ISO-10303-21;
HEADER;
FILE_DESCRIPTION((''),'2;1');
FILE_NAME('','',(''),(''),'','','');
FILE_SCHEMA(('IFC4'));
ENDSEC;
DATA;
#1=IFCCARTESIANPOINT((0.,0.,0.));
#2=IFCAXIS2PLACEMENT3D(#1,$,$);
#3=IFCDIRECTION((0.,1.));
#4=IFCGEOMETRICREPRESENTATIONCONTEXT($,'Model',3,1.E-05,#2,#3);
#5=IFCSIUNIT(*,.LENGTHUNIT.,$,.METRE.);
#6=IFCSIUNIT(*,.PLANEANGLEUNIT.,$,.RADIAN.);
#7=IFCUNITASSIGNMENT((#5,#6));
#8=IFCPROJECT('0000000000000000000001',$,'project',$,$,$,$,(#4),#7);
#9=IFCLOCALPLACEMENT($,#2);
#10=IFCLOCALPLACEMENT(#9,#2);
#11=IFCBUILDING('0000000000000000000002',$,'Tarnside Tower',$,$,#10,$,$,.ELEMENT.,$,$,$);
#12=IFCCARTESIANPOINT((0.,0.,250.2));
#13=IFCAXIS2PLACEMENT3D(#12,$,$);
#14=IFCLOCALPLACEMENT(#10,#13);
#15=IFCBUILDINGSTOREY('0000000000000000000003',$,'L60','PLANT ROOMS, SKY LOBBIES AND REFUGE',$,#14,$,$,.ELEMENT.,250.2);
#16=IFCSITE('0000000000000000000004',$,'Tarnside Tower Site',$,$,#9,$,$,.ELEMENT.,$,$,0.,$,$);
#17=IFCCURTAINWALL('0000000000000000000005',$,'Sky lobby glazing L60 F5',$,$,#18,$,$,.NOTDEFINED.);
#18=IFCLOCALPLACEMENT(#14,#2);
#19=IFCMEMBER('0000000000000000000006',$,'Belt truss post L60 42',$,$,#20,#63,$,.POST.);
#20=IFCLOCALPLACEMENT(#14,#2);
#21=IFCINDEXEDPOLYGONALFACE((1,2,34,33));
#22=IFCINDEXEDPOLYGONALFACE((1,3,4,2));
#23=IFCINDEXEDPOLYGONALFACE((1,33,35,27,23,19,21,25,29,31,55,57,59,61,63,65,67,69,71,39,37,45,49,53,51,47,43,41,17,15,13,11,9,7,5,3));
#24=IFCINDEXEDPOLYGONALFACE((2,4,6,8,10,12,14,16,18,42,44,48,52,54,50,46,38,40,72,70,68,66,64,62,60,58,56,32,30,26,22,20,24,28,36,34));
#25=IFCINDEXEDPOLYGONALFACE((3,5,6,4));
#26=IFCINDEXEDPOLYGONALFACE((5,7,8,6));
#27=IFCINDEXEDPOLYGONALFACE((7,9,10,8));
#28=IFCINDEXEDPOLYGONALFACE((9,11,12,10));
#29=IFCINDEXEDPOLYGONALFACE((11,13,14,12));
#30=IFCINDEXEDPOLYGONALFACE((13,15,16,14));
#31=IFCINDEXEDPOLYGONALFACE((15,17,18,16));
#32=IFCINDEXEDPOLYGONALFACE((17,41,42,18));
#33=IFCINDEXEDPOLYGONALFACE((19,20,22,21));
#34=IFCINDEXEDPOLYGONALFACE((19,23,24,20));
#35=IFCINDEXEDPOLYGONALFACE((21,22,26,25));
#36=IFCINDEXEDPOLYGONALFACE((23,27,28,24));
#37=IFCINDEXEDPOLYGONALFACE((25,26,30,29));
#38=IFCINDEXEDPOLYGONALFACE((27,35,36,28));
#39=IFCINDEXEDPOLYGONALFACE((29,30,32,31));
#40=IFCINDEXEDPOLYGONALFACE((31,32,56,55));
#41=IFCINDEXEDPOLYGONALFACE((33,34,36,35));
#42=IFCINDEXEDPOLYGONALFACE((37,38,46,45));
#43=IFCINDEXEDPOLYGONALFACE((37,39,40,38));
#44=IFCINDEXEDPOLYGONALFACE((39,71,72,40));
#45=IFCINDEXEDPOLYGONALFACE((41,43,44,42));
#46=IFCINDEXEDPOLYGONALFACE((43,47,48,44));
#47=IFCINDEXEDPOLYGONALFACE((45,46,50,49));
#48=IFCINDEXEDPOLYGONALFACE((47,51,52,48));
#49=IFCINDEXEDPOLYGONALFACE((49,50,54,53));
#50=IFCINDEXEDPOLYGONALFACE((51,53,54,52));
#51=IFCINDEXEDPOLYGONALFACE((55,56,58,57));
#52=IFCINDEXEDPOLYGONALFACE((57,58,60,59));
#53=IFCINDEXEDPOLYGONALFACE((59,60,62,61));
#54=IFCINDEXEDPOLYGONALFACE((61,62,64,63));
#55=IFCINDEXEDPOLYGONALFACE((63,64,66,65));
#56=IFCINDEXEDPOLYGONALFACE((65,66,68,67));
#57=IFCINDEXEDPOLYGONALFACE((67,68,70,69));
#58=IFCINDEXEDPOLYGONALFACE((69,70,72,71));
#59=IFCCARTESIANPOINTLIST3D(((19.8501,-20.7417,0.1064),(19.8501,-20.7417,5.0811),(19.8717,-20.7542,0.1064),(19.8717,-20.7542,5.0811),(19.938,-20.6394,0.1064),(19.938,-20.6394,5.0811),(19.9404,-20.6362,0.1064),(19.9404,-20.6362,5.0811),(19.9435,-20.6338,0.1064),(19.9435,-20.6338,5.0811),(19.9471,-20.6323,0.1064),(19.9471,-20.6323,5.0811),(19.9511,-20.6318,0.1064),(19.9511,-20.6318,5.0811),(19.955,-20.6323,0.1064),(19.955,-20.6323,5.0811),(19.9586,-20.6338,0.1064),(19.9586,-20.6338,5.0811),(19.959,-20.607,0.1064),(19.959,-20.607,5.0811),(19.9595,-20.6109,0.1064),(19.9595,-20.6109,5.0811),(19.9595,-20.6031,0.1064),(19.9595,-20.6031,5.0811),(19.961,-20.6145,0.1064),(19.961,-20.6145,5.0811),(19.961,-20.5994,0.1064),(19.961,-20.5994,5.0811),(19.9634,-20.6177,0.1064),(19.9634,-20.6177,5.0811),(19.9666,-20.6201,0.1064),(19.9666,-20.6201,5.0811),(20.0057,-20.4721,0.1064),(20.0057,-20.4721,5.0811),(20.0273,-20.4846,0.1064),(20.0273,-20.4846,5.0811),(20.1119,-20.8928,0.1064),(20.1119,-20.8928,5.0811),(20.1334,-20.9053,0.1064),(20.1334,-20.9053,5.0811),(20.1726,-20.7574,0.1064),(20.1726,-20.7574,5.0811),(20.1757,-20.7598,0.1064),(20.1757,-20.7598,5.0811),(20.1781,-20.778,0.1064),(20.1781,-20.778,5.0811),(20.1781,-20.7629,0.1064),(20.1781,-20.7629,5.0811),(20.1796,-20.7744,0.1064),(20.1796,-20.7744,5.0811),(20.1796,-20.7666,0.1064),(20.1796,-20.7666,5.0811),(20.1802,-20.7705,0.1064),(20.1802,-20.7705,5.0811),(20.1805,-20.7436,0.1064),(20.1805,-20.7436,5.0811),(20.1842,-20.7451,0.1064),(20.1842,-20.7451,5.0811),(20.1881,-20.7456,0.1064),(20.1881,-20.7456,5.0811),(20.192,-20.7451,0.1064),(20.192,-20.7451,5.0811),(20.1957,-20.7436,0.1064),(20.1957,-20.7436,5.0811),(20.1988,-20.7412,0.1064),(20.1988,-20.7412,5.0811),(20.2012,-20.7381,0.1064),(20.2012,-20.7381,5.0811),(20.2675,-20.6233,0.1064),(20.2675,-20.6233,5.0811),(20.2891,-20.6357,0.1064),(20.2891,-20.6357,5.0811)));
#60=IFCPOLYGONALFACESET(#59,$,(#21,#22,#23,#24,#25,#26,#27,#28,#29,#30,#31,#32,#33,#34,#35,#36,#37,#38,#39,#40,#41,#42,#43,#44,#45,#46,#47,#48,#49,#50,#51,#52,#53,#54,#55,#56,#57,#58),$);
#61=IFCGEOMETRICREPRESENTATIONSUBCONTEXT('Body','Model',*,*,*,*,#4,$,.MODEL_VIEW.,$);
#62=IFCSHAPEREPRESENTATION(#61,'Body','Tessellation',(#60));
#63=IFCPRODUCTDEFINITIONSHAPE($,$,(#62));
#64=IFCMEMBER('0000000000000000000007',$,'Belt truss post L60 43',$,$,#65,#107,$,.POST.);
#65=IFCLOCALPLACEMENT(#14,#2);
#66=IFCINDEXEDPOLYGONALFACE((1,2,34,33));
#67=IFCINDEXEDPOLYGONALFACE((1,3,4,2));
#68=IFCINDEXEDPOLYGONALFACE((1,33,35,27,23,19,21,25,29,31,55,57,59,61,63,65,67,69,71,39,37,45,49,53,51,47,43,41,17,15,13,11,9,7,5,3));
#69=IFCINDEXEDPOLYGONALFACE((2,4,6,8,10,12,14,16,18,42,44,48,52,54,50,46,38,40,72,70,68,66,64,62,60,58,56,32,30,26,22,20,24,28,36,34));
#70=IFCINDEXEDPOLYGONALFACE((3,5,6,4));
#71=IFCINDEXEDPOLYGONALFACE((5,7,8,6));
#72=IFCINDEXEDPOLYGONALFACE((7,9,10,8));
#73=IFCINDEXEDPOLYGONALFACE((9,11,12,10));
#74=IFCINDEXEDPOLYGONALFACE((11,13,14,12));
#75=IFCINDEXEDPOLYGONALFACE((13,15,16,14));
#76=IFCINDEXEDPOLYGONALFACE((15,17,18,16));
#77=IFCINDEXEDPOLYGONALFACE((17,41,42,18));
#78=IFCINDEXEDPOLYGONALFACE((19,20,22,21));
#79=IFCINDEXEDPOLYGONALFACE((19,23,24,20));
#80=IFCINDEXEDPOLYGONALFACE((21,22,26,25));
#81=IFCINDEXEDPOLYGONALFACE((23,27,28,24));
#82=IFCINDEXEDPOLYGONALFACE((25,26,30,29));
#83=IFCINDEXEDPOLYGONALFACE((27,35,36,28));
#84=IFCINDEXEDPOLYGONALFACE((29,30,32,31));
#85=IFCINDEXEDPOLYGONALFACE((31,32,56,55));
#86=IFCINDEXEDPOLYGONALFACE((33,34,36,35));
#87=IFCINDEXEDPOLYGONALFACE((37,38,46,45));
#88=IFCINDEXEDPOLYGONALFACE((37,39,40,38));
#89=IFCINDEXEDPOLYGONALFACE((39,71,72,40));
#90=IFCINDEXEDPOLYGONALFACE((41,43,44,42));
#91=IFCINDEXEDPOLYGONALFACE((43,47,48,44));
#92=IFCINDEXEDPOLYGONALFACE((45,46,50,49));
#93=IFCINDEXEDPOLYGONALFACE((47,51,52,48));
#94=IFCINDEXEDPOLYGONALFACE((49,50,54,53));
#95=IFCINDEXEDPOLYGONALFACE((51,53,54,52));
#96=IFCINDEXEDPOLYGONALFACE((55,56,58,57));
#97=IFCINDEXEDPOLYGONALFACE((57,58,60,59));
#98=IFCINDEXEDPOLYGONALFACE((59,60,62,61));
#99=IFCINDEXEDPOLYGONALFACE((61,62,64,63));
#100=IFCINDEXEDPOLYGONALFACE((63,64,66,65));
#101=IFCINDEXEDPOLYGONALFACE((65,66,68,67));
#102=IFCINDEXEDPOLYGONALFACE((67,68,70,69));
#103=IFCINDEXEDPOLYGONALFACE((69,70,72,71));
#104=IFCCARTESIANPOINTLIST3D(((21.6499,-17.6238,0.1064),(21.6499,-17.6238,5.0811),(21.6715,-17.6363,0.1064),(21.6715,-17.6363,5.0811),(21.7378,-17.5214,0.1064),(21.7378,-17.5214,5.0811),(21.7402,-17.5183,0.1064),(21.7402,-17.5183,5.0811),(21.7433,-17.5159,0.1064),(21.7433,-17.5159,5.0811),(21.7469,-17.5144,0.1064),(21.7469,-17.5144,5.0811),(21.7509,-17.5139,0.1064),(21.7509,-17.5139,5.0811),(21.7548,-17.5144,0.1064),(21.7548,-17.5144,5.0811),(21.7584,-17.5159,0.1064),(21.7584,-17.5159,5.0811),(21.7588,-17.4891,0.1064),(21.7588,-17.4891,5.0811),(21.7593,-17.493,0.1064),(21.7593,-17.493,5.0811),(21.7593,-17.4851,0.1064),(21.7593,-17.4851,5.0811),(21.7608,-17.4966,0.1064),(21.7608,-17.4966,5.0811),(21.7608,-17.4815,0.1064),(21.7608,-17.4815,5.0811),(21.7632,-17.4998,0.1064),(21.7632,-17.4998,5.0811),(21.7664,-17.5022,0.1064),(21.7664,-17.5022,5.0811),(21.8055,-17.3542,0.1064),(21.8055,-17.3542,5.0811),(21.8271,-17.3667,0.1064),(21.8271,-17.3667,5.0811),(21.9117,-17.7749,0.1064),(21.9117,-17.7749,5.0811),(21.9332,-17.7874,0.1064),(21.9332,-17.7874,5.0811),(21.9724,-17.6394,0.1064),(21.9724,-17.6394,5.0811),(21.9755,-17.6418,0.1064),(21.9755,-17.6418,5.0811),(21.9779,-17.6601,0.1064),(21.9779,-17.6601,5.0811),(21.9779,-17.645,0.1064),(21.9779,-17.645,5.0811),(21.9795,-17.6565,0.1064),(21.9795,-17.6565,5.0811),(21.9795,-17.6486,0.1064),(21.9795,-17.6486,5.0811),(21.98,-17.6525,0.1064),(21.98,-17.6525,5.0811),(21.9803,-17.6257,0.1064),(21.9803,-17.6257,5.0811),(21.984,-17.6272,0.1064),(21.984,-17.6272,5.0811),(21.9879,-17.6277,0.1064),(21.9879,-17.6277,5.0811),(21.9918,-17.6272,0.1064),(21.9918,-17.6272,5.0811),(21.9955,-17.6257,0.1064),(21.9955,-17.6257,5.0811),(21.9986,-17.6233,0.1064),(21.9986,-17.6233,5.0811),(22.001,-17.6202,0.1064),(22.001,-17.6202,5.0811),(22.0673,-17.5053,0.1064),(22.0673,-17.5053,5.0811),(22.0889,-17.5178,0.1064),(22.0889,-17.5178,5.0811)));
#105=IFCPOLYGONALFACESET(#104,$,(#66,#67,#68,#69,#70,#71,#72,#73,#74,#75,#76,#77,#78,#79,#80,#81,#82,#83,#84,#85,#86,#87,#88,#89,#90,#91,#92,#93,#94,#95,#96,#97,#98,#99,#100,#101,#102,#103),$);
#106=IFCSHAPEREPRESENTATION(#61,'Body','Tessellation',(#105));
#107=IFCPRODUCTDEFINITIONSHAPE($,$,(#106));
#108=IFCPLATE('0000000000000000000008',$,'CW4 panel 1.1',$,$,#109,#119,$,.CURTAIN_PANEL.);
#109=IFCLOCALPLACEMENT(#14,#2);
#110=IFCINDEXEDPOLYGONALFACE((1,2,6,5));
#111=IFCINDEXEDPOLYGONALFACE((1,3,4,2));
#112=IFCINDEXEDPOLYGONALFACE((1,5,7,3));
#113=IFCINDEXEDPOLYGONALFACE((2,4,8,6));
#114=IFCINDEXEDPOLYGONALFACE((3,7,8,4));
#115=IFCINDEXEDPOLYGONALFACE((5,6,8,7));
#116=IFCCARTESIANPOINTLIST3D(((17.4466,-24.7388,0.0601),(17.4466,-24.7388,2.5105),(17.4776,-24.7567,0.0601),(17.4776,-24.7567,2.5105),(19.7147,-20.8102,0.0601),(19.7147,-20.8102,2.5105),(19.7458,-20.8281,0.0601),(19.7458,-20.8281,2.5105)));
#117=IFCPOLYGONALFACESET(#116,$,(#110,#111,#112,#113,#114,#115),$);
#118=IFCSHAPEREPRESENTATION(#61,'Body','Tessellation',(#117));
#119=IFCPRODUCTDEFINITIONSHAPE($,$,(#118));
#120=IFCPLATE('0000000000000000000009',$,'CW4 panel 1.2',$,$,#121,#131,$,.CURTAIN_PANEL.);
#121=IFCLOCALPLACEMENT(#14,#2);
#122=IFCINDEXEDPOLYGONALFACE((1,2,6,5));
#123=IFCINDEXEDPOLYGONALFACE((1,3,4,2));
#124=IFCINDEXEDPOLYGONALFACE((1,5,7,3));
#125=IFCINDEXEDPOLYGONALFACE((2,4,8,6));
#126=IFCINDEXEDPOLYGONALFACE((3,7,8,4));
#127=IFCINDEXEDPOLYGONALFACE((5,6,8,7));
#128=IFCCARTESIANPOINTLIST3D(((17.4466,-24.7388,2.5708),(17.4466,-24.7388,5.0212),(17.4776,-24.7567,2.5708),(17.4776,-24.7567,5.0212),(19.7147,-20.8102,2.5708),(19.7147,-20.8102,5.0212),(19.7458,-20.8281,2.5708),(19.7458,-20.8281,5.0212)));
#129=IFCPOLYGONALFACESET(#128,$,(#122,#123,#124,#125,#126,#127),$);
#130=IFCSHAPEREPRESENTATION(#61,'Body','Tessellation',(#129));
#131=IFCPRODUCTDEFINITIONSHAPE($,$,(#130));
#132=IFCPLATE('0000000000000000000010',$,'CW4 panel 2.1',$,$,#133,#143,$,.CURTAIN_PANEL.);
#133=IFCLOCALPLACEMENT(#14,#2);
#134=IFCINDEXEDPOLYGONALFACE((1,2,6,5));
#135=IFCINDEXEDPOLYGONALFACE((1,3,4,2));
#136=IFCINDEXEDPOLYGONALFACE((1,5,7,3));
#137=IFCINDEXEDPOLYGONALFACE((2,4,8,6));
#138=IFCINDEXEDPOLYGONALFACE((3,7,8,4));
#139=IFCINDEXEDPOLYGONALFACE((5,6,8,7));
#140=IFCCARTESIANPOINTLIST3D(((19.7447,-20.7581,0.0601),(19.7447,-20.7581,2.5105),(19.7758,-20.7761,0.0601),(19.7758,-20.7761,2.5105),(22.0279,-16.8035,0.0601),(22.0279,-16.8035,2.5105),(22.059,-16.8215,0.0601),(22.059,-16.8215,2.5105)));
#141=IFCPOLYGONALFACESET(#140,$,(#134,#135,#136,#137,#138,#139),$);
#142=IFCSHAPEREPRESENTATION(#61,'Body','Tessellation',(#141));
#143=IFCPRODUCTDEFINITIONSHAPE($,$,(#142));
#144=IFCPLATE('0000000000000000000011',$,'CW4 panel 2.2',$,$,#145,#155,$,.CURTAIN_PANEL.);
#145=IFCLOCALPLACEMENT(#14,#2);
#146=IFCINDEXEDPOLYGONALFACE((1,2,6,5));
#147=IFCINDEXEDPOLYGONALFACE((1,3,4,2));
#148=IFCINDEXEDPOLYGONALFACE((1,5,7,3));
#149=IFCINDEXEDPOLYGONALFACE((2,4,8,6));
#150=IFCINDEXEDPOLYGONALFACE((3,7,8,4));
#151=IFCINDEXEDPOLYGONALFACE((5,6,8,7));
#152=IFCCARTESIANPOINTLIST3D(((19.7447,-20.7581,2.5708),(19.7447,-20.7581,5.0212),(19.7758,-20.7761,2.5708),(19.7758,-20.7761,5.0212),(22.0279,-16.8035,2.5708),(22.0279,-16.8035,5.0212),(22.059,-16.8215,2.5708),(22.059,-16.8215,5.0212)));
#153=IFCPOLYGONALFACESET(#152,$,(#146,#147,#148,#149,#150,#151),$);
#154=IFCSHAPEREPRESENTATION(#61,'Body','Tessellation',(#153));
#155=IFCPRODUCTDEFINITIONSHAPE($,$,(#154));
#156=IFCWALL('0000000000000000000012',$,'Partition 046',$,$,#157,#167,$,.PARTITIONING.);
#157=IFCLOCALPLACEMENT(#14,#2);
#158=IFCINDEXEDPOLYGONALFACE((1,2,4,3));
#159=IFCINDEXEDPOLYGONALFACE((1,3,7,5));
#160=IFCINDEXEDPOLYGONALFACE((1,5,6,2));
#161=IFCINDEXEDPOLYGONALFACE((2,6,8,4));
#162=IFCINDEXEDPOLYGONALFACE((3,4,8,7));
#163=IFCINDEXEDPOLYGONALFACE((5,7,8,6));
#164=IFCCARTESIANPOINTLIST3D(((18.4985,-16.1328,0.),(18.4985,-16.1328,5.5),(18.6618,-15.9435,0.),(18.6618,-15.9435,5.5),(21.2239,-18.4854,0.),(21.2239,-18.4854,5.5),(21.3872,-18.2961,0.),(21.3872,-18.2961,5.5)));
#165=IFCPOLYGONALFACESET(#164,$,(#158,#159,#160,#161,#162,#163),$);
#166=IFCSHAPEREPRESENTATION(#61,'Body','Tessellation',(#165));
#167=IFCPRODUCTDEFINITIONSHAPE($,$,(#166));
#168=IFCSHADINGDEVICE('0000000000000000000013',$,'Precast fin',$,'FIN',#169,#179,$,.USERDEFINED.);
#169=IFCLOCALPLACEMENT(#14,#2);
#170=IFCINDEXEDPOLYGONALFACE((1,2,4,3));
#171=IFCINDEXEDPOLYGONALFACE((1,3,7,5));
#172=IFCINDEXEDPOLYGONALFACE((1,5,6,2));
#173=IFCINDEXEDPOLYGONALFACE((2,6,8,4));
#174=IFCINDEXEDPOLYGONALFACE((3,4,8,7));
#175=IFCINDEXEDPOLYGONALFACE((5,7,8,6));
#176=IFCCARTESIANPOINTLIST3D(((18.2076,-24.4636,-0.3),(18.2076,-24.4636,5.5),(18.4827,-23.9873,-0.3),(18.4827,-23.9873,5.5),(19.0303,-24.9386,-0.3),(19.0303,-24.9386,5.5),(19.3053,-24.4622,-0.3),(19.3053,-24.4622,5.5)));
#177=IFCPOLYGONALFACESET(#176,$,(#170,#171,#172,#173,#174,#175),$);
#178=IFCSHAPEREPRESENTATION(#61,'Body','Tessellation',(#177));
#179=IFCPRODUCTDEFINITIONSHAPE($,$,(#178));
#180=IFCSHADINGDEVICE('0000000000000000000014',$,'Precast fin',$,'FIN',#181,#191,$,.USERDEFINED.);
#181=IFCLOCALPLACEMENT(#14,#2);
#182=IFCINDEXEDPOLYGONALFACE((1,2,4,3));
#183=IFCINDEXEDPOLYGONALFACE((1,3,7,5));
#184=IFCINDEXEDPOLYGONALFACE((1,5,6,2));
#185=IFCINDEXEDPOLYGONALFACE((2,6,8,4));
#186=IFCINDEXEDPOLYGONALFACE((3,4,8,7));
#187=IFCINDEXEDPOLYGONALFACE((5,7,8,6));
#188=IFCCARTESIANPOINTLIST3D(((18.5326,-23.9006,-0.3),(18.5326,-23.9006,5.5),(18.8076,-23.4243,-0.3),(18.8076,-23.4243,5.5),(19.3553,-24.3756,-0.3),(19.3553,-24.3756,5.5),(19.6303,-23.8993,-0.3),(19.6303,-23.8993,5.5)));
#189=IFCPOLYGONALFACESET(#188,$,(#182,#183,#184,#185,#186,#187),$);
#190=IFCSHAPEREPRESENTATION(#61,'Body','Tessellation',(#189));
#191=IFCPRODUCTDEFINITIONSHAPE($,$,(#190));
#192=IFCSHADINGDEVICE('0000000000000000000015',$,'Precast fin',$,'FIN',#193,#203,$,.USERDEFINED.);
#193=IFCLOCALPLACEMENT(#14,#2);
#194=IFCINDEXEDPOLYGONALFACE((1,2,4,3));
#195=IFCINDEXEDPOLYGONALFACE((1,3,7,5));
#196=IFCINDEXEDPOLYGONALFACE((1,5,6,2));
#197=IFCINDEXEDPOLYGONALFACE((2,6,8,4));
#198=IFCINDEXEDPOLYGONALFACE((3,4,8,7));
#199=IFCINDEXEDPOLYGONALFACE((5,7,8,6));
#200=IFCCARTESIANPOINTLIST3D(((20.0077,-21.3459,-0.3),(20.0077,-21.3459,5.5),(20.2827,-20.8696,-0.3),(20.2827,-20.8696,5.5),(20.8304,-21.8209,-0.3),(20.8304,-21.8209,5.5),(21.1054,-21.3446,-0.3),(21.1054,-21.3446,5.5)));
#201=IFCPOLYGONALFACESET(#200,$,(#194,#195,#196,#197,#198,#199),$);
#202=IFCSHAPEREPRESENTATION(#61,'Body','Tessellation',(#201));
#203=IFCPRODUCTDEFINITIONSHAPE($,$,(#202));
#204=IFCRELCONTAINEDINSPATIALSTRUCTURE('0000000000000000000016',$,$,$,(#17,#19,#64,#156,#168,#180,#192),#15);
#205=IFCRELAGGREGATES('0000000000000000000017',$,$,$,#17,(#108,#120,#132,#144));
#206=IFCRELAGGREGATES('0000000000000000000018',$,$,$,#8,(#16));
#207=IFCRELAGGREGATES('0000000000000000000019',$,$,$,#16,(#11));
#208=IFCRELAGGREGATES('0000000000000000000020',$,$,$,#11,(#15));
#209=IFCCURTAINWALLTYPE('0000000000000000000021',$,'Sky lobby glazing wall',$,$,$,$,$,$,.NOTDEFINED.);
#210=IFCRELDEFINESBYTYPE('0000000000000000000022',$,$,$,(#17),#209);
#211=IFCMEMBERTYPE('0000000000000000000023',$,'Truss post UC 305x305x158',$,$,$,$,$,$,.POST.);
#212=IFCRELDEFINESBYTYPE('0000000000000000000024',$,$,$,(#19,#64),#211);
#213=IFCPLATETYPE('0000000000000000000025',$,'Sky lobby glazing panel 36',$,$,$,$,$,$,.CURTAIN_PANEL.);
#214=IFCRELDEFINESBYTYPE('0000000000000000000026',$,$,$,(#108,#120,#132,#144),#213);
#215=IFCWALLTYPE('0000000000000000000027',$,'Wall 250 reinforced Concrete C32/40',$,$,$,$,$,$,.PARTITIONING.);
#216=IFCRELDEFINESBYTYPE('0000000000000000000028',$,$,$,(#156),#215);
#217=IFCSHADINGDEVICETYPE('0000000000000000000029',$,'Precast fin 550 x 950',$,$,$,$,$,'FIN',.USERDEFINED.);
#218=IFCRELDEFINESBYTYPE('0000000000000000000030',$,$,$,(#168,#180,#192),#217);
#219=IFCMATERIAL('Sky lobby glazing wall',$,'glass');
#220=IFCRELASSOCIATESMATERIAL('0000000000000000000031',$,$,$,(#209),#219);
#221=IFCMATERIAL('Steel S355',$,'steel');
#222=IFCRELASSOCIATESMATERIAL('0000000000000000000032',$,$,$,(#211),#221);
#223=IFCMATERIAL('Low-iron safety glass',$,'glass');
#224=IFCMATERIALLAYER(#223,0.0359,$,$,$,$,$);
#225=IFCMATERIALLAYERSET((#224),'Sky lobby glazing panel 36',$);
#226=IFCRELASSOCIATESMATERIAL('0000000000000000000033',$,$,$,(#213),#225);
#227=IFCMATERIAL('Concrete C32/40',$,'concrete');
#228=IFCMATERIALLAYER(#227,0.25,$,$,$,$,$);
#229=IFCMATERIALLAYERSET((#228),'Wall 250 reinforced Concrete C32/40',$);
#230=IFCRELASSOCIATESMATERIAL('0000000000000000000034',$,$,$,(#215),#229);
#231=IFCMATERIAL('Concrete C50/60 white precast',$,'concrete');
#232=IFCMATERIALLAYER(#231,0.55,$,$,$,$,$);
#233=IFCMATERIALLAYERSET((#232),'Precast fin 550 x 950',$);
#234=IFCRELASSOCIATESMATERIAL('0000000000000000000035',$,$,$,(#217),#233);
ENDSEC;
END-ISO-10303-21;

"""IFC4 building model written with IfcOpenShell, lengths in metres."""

from ifc_helpers import new_model, si_unit, direction, frame, frame_2d, origin, origin_2d, place, context, subcontext, project, spatial, polyline, rectangle, i_section, outline, extrude, material, layer, layer_set, material_profile, profile_set, type_object, element, aggregate, save


model = new_model("IFC4")

# Units and contexts
model_context = context("Model", 3, precision=1e-05, world=origin(), true_north=direction((0.0, 1.0)))
body_context = subcontext(model_context, "Body", "Model", "MODEL_VIEW")
ifc_project = project(units=[si_unit("LENGTHUNIT", "METRE"), si_unit("PLANEANGLEUNIT", "RADIAN")], contexts=[model_context])

# Site, building, storey
site_placement = place(None, origin())
site = spatial("IfcSite", under=ifc_project, at=site_placement, Name="Tarnside Tower Site", CompositionType="ELEMENT", RefElevation=0.0)
building_placement = place(site_placement, origin())
building = spatial("IfcBuilding", under=site, at=building_placement, Name="Tarnside Tower", CompositionType="ELEMENT")
storey_placement = place(building_placement, frame((0.0, 0.0, 250.2)))
storey = spatial("IfcBuildingStorey", under=building, at=storey_placement, Name="L60", Description="PLANT ROOMS, SKY LOBBIES AND REFUGE", CompositionType="ELEMENT", Elevation=250.2)

# Shared definitions
ifc_material_1 = material(Name="Steel S355", Category="steel")

# Curtain wall
ifc_material_2 = material(Name="Sky lobby glazing wall", Category="glass")
curtain_wall_type = type_object("IfcCurtainWallType", Name="Sky lobby glazing wall", PredefinedType="NOTDEFINED", material=ifc_material_2)
curtain_wall_placement = place(storey_placement, origin())
curtain_wall = element("IfcCurtainWall", 1, at=curtain_wall_placement, inside=storey, type_object=curtain_wall_type, Name="Sky lobby glazing L60 F5", PredefinedType="NOTDEFINED")

# Members
ifc_material_profile_1 = material_profile(ifc_material_1, i_section(OverallWidth=0.3113, OverallDepth=0.3271, WebThickness=0.0159, FlangeThickness=0.0249, FilletRadius=0.0151, at=origin_2d()), Name="UC 305x305x158")
ifc_profile_set_1 = profile_set([ifc_material_profile_1], Name="Steel S355")
member_type_1 = type_object("IfcMemberType", Name="Truss post UC 305x305x158", PredefinedType="POST", material=ifc_profile_set_1)
for number, where, z_axis, x_axis, name in (
    (2, (20.0696, -20.6887, 0.1064), (0.0, 0.0, 1.0), (0.5, 0.866025, 0.0), "Belt truss post L60 42"),
    (3, (21.8694, -17.5708, 0.1064), (0.0, 0.0, 1.0), (0.5, 0.866025, 0.0), "Belt truss post L60 43"),
):
    element("IfcMember", number, at=place(storey_placement, frame(where, z_axis=z_axis, x_axis=x_axis)), inside=storey, type_object=member_type_1, Name=name, PredefinedType="POST", context=body_context, shape_type="SweptSolid", body=[
        extrude(i_section(OverallWidth=0.3113, OverallDepth=0.3271, WebThickness=0.0159, FlangeThickness=0.0249, FilletRadius=0.0151, at=origin_2d()), origin(), (0.0, 0.0, 1.0), 4.9746),
    ])

# Plates
ifc_material_3 = material(Name="Low-iron safety glass", Category="glass")
ifc_layer_1 = layer(ifc_material_3, 0.0359)
ifc_layer_set_1 = layer_set([ifc_layer_1], Name="Sky lobby glazing panel 36")
plate_type = type_object("IfcPlateType", Name="Sky lobby glazing panel 36", PredefinedType="CURTAIN_PANEL", material=ifc_layer_set_1)
plate_1_placement = place(storey_placement, frame((18.5962, -22.7834, 0.0601), z_axis=(0.0, 0.0, 1.0), x_axis=(0.5, 0.866025, 0.0)))
plate_1 = element("IfcPlate", 4, at=plate_1_placement, type_object=plate_type, Name="CW4 panel 1.1", PredefinedType="CURTAIN_PANEL", context=body_context, shape_type="SweptSolid", body=[
    extrude(rectangle(XDim=4.5364, YDim=0.0359, at=origin_2d()), origin(), (0.0, 0.0, 1.0), 2.4504),
])
plate_2_placement = place(storey_placement, frame((18.5962, -22.7834, 2.5708), z_axis=(0.0, 0.0, 1.0), x_axis=(0.5, 0.866025, 0.0)))
plate_2 = element("IfcPlate", 5, at=plate_2_placement, type_object=plate_type, Name="CW4 panel 1.2", PredefinedType="CURTAIN_PANEL", context=body_context, shape_type="SweptSolid", body=[
    extrude(rectangle(XDim=4.5364, YDim=0.0359, at=origin_2d()), origin(), (0.0, 0.0, 1.0), 2.4504),
])
plate_3_placement = place(storey_placement, frame((20.9019, -18.7898, 0.0601), z_axis=(0.0, 0.0, 1.0), x_axis=(0.5, 0.866025, 0.0)))
plate_3 = element("IfcPlate", 6, at=plate_3_placement, type_object=plate_type, Name="CW4 panel 2.1", PredefinedType="CURTAIN_PANEL", context=body_context, shape_type="SweptSolid", body=[
    extrude(rectangle(XDim=4.5664, YDim=0.0359, at=origin_2d()), origin(), (0.0, 0.0, 1.0), 2.4504),
])
plate_4_placement = place(storey_placement, frame((20.9019, -18.7898, 2.5708), z_axis=(0.0, 0.0, 1.0), x_axis=(0.5, 0.866025, 0.0)))
plate_4 = element("IfcPlate", 7, at=plate_4_placement, type_object=plate_type, Name="CW4 panel 2.2", PredefinedType="CURTAIN_PANEL", context=body_context, shape_type="SweptSolid", body=[
    extrude(rectangle(XDim=4.5664, YDim=0.0359, at=origin_2d()), origin(), (0.0, 0.0, 1.0), 2.4504),
])
aggregate(curtain_wall, [plate_1, plate_2, plate_3, plate_4])

# Wall
ifc_material_4 = material(Name="Concrete C32/40", Category="concrete")
ifc_layer_2 = layer(ifc_material_4, 0.25)
ifc_layer_set_2 = layer_set([ifc_layer_2], Name="Wall 250 reinforced Concrete C32/40")
wall_type = type_object("IfcWallType", Name="Wall 250 reinforced Concrete C32/40", PredefinedType="PARTITIONING", material=ifc_layer_set_2)
wall_placement = place(storey_placement, frame((18.5801, -16.0381, 0.0), z_axis=(0.0, 0.0, 1.0), x_axis=(0.756983, -0.653434, 0.0)))
element("IfcWall", 8, at=wall_placement, inside=storey, type_object=wall_type, Name="Partition 046", PredefinedType="PARTITIONING", context=body_context, shape_type="SweptSolid", body=[
    extrude(rectangle(XDim=3.6003, YDim=0.25, at=frame_2d((1.8003, 0.0))), origin(), (0.0, 0.0, 1.0), 5.5),
])

# Shading devices
ifc_material_5 = material(Name="Concrete C50/60 white precast", Category="concrete")
ifc_layer_3 = layer(ifc_material_5, 0.55)
ifc_layer_set_3 = layer_set([ifc_layer_3], Name="Precast fin 550 x 950")
shading_device_type = type_object("IfcShadingDeviceType", Name="Precast fin 550 x 950", ElementType="FIN", PredefinedType="USERDEFINED", material=ifc_layer_set_3)
for number, where, z_axis, x_axis, name in (
    (9, (18.3452, -24.2253, -0.3), (-0.5, -0.866025, 0.0), (0.866025, -0.5, 0.0), "Precast fin"),
    (10, (18.6702, -23.6624, -0.3), (-0.5, -0.866025, 0.0), (0.866025, -0.5, 0.0), "Precast fin"),
    (11, (20.1453, -21.1077, -0.3), (-0.5, -0.866025, 0.0), (0.866025, -0.5, 0.0), "Precast fin"),
):
    element("IfcShadingDevice", number, at=place(storey_placement, frame(where, z_axis=z_axis, x_axis=x_axis)), inside=storey, type_object=shading_device_type, Name=name, ObjectType="FIN", PredefinedType="USERDEFINED", context=body_context, shape_type="SweptSolid", body=[
        extrude(outline(polyline([(0.0, 0.0), (0.95, 0.0), (0.95, 5.8), (0.0, 5.8), (0.0, 0.0)])), frame((0.0, 0.0, -0.2749)), (0.0, 0.0, 1.0), 0.55),
    ])

save(model, "model.ifc")
